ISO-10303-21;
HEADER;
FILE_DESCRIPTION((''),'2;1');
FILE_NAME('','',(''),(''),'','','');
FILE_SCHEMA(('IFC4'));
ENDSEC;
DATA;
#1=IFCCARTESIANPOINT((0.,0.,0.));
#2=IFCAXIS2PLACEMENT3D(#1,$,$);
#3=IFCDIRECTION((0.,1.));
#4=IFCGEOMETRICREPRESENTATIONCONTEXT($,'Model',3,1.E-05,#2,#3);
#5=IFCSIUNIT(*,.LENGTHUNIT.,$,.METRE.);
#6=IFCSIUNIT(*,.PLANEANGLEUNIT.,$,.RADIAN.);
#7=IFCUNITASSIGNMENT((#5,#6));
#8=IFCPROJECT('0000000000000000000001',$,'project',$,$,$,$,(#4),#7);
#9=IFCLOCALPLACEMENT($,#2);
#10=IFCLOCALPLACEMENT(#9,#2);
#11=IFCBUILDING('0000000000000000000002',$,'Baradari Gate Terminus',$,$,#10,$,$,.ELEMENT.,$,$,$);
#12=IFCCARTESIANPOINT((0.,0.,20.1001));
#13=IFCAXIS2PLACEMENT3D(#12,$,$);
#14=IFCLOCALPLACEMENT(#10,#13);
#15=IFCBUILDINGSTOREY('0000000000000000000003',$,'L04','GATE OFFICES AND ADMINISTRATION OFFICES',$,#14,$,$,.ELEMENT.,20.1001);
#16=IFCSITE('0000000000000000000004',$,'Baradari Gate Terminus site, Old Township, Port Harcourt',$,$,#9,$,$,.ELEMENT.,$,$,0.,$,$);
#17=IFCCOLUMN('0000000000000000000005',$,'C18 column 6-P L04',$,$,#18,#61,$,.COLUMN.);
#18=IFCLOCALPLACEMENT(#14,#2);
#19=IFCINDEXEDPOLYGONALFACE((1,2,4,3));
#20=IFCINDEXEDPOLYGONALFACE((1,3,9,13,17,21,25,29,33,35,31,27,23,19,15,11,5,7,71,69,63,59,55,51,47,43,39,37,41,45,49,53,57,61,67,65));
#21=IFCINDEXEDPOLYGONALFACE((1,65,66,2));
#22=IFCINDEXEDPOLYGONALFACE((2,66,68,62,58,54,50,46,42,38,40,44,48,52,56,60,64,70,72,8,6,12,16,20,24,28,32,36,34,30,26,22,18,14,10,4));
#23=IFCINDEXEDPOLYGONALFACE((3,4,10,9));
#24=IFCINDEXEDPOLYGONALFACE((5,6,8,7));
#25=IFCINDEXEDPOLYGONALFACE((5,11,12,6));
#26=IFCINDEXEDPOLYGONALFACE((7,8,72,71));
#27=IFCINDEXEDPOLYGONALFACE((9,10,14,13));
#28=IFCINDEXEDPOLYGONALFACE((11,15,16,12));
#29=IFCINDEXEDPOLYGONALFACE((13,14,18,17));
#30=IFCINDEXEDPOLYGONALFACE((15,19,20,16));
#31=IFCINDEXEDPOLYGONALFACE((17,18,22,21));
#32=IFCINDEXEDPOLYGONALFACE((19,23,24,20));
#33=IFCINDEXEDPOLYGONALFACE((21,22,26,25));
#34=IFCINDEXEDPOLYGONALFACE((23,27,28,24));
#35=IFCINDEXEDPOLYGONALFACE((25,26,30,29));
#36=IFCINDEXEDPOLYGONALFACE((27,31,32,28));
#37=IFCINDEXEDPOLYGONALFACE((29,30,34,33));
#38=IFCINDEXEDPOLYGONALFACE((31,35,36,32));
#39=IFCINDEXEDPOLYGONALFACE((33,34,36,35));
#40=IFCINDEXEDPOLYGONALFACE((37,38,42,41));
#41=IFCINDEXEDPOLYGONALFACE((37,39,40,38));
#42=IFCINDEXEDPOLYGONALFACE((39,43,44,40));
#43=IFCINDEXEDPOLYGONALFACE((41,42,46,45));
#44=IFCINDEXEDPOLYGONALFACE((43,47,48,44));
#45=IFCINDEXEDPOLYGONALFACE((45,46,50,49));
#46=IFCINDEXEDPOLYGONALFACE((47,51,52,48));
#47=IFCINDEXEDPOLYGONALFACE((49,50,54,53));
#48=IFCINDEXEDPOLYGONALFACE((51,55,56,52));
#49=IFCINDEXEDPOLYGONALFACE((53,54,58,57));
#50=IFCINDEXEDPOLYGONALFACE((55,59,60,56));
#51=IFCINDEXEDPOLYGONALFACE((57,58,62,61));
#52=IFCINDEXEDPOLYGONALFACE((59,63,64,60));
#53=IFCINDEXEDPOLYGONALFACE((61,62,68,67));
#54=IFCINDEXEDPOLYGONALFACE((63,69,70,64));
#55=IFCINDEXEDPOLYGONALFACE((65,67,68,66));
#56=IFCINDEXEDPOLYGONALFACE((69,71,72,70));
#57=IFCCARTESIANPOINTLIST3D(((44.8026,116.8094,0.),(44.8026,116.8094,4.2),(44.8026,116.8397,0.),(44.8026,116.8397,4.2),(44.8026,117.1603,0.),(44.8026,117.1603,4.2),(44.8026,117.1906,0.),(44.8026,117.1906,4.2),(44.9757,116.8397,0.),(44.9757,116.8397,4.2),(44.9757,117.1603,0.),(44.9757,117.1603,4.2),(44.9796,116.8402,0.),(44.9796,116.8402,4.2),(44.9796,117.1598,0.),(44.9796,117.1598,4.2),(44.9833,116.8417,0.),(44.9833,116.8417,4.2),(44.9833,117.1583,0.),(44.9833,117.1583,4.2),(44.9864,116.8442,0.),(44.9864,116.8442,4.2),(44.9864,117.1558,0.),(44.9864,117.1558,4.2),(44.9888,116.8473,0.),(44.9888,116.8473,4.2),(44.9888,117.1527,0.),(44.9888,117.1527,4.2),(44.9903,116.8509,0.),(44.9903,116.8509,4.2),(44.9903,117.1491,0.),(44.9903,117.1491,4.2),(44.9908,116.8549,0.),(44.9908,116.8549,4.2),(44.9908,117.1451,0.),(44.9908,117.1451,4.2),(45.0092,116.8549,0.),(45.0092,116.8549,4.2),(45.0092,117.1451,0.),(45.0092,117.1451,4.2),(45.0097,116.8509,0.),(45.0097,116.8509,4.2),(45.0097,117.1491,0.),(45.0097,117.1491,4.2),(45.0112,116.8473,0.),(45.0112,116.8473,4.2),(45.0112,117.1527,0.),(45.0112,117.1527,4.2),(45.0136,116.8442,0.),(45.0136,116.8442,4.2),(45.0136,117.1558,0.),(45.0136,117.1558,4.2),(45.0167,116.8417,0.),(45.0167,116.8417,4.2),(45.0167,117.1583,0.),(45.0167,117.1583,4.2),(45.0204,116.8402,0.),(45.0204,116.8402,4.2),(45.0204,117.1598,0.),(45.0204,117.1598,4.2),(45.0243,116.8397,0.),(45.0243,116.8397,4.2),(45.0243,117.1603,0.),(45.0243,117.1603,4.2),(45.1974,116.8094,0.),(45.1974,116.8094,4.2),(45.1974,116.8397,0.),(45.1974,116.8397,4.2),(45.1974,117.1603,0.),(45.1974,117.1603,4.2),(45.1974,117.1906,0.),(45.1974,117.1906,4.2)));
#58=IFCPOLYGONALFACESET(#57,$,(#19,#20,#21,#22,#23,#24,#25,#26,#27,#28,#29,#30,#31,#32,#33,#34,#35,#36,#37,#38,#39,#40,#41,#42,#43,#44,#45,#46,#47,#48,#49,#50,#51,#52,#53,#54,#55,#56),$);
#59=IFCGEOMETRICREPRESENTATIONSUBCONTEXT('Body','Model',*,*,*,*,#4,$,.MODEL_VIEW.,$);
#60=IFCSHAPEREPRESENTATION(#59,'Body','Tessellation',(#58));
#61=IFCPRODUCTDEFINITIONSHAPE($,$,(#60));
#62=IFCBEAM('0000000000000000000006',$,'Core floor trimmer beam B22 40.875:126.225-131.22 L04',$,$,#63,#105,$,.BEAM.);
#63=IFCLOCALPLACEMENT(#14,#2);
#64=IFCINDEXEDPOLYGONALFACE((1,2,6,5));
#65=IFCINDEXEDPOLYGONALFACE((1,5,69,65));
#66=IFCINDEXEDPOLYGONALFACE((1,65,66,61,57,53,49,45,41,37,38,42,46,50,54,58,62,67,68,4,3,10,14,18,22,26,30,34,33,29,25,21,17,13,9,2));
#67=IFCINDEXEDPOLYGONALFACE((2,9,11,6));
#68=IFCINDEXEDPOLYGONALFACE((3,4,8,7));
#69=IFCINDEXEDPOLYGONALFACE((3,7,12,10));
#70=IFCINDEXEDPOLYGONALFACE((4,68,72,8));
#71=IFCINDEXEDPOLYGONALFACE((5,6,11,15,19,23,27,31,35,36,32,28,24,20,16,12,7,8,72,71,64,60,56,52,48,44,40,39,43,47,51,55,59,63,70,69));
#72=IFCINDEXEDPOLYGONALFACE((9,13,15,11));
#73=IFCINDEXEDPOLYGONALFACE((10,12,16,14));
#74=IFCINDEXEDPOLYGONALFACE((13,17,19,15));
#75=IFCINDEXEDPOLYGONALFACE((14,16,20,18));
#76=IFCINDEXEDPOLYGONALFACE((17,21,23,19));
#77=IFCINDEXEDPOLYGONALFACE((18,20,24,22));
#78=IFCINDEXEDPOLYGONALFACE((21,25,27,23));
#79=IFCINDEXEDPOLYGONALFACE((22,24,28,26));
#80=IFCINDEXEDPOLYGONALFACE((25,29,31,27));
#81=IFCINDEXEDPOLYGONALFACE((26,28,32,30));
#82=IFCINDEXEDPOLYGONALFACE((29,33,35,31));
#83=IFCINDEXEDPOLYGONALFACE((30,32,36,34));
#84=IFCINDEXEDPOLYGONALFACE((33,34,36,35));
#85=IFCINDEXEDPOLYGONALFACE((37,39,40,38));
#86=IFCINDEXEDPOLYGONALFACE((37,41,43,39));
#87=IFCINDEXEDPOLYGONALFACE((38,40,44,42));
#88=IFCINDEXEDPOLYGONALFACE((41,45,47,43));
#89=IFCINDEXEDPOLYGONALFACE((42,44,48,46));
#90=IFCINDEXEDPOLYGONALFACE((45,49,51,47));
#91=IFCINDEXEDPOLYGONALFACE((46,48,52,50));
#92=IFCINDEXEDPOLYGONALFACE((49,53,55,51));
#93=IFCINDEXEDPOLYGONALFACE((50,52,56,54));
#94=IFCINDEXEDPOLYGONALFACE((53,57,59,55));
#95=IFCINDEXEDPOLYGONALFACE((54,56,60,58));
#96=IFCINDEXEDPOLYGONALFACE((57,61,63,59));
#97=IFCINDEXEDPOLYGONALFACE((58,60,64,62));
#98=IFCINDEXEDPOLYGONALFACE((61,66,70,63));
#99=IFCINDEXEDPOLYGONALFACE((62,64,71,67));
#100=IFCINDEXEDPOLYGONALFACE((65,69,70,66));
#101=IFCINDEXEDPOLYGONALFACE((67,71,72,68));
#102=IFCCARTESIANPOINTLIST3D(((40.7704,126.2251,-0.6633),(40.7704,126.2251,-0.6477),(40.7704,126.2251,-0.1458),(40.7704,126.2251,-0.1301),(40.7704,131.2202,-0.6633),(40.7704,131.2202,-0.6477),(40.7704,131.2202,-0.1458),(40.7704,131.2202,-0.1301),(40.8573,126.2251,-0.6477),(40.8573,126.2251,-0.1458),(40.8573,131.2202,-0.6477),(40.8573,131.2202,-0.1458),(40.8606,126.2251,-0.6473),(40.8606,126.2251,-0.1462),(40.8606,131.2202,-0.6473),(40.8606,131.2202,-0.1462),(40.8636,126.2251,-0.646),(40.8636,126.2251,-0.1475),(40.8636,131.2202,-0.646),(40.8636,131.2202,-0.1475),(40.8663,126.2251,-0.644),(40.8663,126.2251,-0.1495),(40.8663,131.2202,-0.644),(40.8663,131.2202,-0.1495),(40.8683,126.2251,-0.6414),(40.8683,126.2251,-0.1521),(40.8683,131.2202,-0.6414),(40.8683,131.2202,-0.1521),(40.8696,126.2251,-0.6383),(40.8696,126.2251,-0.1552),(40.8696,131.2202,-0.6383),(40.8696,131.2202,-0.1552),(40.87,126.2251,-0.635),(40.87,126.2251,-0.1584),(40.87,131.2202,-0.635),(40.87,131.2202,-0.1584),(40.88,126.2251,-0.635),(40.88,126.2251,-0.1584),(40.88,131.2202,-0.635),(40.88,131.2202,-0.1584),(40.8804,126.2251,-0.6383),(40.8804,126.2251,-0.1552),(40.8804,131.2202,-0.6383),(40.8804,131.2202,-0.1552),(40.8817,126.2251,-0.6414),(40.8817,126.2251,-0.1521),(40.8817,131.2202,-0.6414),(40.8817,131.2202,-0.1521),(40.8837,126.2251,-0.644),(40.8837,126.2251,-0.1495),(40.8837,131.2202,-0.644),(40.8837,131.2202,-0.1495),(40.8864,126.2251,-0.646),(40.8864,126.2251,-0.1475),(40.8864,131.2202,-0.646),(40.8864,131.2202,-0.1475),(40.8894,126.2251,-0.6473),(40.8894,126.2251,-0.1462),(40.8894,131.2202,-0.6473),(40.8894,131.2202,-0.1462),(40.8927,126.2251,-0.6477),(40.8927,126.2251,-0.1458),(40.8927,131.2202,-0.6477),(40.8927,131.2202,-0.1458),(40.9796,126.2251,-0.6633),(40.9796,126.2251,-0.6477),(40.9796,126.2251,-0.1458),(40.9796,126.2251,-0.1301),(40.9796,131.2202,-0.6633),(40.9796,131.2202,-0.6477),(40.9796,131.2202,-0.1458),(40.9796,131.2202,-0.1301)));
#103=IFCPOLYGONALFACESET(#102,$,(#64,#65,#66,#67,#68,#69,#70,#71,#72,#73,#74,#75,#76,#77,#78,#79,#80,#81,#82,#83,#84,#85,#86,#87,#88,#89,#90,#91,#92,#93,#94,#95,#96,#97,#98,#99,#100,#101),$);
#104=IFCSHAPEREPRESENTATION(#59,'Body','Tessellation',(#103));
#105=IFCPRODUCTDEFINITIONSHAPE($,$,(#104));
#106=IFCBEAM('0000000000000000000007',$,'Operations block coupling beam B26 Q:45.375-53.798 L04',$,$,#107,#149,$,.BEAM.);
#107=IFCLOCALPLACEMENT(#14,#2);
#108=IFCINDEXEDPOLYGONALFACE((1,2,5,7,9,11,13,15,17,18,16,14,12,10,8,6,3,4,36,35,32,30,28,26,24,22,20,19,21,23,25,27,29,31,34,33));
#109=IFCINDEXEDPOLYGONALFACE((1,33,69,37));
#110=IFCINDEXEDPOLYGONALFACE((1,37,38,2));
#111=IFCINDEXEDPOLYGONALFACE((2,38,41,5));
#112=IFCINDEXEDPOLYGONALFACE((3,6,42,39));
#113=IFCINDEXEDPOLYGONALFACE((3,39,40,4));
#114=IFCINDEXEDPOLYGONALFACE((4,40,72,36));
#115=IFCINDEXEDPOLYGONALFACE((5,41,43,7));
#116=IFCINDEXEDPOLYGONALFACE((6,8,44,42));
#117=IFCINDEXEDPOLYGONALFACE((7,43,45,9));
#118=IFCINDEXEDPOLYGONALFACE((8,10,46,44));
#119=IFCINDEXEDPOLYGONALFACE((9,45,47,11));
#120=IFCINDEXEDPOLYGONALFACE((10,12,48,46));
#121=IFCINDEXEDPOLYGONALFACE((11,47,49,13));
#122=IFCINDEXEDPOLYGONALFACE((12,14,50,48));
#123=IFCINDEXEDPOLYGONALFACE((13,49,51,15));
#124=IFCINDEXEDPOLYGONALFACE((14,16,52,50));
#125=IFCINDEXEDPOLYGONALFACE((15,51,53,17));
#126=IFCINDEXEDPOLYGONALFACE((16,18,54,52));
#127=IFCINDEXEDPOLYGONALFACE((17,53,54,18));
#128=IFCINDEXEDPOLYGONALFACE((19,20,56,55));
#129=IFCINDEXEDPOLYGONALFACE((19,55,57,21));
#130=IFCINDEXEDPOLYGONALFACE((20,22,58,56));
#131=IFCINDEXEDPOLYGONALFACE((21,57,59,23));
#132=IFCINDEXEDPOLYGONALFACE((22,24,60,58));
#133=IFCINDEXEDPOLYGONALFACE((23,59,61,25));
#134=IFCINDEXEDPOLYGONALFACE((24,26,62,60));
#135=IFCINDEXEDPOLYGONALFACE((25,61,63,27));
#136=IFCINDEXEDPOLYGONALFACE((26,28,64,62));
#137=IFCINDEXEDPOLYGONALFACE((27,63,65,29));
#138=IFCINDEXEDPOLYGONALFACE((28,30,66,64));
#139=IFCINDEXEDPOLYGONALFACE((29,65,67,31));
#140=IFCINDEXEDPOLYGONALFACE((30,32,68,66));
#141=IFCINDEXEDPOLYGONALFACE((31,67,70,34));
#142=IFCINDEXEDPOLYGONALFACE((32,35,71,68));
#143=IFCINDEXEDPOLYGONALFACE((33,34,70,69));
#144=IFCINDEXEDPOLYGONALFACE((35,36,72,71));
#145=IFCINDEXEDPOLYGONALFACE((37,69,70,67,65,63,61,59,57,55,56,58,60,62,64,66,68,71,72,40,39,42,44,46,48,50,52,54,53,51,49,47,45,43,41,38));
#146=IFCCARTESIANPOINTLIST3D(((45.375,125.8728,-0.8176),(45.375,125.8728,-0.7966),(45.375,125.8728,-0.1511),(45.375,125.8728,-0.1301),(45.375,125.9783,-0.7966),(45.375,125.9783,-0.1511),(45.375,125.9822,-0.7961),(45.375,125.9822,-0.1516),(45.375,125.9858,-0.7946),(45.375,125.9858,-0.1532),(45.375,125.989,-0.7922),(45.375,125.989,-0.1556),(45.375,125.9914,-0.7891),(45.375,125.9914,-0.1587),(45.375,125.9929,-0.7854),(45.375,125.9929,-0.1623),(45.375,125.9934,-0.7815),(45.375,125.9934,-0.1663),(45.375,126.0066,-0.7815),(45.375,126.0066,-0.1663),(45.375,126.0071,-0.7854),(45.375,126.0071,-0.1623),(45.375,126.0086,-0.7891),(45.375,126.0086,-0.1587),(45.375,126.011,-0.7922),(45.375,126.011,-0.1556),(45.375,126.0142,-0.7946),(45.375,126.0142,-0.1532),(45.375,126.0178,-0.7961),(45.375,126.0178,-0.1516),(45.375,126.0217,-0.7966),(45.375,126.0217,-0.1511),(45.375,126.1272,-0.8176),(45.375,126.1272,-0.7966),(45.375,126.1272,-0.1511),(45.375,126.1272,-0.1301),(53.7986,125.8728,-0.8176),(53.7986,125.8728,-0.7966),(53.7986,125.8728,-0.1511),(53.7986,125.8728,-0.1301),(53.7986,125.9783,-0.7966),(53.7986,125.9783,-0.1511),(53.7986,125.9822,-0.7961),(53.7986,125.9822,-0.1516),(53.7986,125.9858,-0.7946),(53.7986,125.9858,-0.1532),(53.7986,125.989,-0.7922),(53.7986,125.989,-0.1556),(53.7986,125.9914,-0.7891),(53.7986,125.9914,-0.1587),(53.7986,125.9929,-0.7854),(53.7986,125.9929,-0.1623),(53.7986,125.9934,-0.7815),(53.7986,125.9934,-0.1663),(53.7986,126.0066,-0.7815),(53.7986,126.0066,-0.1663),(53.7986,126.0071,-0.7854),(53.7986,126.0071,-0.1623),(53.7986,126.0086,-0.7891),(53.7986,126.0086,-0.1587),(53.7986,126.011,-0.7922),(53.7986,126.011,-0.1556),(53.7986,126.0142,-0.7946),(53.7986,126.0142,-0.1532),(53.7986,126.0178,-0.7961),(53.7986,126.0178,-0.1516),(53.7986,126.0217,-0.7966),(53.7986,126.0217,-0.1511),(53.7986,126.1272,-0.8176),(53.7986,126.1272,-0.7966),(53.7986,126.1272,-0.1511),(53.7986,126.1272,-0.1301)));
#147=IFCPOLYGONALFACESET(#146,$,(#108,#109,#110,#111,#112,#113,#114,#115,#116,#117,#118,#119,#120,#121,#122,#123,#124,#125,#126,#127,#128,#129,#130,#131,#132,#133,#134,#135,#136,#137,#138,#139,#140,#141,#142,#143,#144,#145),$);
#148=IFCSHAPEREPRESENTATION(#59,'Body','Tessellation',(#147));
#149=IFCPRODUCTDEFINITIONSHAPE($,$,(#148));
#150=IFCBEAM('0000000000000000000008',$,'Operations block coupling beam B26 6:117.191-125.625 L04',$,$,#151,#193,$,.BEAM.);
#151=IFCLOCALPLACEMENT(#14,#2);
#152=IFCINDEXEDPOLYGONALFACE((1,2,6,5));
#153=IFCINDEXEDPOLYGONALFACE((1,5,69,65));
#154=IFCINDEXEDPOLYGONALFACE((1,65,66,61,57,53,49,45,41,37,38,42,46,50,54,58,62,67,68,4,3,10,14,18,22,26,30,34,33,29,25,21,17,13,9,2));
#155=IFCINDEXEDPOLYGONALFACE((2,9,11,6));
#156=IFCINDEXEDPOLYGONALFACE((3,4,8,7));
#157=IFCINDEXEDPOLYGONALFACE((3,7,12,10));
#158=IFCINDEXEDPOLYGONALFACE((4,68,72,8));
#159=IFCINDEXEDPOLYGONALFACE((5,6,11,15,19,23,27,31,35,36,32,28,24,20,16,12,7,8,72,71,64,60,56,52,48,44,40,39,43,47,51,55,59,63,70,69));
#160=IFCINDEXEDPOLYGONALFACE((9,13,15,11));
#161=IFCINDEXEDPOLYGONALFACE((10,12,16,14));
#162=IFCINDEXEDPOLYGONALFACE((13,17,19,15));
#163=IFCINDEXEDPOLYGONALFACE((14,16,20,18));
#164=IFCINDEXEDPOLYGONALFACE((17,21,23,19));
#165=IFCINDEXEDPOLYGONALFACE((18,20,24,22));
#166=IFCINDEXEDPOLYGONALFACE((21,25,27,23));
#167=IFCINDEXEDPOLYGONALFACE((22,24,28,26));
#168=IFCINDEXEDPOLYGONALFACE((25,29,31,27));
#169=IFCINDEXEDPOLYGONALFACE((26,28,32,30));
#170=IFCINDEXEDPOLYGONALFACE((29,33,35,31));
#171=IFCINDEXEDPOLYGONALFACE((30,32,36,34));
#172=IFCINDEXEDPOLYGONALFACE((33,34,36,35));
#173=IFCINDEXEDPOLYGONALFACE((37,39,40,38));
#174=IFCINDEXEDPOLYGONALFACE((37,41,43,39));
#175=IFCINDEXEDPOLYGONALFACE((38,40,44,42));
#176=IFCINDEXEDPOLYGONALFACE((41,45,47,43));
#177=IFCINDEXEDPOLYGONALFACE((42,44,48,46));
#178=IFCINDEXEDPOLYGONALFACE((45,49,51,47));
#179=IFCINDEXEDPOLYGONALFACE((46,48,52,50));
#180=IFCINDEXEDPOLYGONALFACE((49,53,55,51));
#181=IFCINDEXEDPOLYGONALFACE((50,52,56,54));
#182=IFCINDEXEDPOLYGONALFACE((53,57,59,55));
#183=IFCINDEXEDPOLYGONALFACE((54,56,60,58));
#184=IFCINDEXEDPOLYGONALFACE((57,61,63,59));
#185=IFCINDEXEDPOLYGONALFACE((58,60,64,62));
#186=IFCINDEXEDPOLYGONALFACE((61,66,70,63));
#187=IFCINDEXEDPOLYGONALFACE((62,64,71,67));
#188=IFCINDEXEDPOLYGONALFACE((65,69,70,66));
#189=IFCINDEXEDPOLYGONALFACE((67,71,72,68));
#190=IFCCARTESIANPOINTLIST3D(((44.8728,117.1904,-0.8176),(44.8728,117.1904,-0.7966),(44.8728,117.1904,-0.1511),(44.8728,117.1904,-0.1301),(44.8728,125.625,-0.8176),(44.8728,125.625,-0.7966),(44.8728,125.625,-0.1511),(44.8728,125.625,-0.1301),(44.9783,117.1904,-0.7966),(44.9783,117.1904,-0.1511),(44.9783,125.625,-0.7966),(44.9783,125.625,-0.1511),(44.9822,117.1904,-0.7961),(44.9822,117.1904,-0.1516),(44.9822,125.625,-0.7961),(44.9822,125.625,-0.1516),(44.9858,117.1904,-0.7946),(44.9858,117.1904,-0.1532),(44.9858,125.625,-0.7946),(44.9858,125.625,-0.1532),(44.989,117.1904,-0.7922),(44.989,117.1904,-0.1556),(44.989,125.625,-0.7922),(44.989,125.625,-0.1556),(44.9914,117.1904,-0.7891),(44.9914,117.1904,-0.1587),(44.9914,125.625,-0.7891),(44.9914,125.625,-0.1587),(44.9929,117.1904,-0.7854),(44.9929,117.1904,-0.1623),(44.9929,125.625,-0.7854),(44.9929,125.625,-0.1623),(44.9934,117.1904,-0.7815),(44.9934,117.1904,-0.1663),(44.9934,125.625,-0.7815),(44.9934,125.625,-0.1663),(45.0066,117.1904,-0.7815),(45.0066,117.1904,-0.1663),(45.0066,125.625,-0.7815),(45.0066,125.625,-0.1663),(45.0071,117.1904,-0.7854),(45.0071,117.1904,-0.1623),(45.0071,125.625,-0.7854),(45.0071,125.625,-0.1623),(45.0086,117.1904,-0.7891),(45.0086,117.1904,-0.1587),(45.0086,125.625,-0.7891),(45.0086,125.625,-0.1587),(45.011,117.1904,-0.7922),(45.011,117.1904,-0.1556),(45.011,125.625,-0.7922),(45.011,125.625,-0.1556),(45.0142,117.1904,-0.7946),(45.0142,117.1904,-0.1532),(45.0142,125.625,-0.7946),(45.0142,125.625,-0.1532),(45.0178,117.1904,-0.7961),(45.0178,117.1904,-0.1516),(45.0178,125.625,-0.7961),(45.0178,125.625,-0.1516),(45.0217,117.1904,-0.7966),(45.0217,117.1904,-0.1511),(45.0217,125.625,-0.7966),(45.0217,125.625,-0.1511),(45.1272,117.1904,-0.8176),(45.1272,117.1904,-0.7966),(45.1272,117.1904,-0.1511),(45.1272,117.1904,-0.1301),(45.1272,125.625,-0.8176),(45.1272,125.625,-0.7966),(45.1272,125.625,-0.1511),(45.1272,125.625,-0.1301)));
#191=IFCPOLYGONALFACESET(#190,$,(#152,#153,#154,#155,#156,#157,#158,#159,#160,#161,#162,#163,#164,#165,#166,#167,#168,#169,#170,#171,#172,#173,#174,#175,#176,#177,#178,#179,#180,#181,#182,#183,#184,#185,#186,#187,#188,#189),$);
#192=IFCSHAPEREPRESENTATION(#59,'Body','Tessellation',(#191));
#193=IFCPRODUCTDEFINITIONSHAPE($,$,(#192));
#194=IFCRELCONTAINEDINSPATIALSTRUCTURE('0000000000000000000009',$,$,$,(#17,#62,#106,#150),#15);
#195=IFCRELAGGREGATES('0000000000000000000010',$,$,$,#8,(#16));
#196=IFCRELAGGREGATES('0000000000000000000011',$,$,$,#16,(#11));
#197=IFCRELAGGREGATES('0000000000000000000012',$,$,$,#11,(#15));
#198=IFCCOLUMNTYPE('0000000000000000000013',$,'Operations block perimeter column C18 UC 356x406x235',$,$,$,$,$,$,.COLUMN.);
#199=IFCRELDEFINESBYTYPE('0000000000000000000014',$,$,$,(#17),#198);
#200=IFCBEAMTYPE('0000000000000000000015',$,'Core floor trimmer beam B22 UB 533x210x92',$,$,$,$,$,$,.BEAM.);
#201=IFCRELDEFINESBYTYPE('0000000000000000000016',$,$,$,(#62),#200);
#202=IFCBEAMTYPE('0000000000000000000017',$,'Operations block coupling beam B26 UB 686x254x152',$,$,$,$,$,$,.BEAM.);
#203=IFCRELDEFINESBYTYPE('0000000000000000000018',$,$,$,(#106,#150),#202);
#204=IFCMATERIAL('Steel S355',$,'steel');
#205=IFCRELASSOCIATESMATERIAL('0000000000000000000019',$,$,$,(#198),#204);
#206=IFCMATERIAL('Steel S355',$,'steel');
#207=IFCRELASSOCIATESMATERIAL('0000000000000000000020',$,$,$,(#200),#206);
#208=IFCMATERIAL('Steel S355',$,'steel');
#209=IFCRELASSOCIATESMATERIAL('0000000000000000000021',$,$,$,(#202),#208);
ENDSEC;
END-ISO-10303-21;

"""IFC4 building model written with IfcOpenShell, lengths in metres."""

from ifc_helpers import new_model, si_unit, direction, frame, origin, origin_2d, place, context, subcontext, project, spatial, i_section, extrude, material, material_profile, profile_set, type_object, element, save


model = new_model("IFC4")

# Units and contexts
model_context = context("Model", 3, precision=1e-05, world=origin(), true_north=direction((0.0, 1.0)))
body_context = subcontext(model_context, "Body", "Model", "MODEL_VIEW")
ifc_project = project(units=[si_unit("LENGTHUNIT", "METRE"), si_unit("PLANEANGLEUNIT", "RADIAN")], contexts=[model_context])

# Site, building, storey
site_placement = place(None, origin())
site = spatial("IfcSite", under=ifc_project, at=site_placement, Name="Baradari Gate Terminus site, Old Township, Port Harcourt", CompositionType="ELEMENT", RefElevation=0.0)
building_placement = place(site_placement, origin())
building = spatial("IfcBuilding", under=site, at=building_placement, Name="Baradari Gate Terminus", CompositionType="ELEMENT")
storey_placement = place(building_placement, frame((0.0, 0.0, 20.1001)))
storey = spatial("IfcBuildingStorey", under=building, at=storey_placement, Name="L04", Description="GATE OFFICES AND ADMINISTRATION OFFICES", CompositionType="ELEMENT", Elevation=20.1001)

# Column
ifc_material_1 = material(Name="Steel S355", Category="steel")
ifc_material_profile_1 = material_profile(ifc_material_1, i_section(OverallWidth=0.3948, OverallDepth=0.3811, WebThickness=0.0183, FlangeThickness=0.0303, FilletRadius=0.0151, at=origin_2d()), Name="UC 356x406x235")
ifc_profile_set_1 = profile_set([ifc_material_profile_1], Name="Steel S355")
column_type = type_object("IfcColumnType", Name="Operations block perimeter column C18 UC 356x406x235", PredefinedType="COLUMN", material=ifc_profile_set_1)
column_placement = place(storey_placement, frame((45.0, 117.0, 0.0), z_axis=(0.0, 0.0, 1.0), x_axis=(1.0, 0.0, 0.0)))
element("IfcColumn", 1, at=column_placement, inside=storey, type_object=column_type, Name="C18 column 6-P L04", PredefinedType="COLUMN", context=body_context, shape_type="SweptSolid", body=[
    extrude(i_section(OverallWidth=0.3948, OverallDepth=0.3811, WebThickness=0.0183, FlangeThickness=0.0303, FilletRadius=0.0151, at=origin_2d()), origin(), (0.0, 0.0, 1.0), 4.2),
])

# Beams
ifc_material_2 = material(Name="Steel S355", Category="steel")
ifc_material_profile_2 = material_profile(ifc_material_2, i_section(OverallWidth=0.2092, OverallDepth=0.5332, WebThickness=0.01, FlangeThickness=0.0156, FilletRadius=0.0127, at=origin_2d()), Name="UB 533x210x92")
ifc_profile_set_2 = profile_set([ifc_material_profile_2], Name="Steel S355")
beam_type_1 = type_object("IfcBeamType", Name="Core floor trimmer beam B22 UB 533x210x92", PredefinedType="BEAM", material=ifc_profile_set_2)
beam_1_placement = place(storey_placement, frame((40.875, 126.2251, -0.3967), z_axis=(0.0, 1.0, 0.0), x_axis=(-1.0, 0.0, 0.0)))
element("IfcBeam", 2, at=beam_1_placement, inside=storey, type_object=beam_type_1, Name="Core floor trimmer beam B22 40.875:126.225-131.22 L04", PredefinedType="BEAM", context=body_context, shape_type="SweptSolid", body=[
    extrude(i_section(OverallWidth=0.2092, OverallDepth=0.5332, WebThickness=0.01, FlangeThickness=0.0156, FilletRadius=0.0127, at=origin_2d()), origin(), (0.0, 0.0, 1.0), 4.9951),
])
ifc_material_3 = material(Name="Steel S355", Category="steel")
ifc_material_profile_3 = material_profile(ifc_material_3, i_section(OverallWidth=0.2544, OverallDepth=0.6875, WebThickness=0.0132, FlangeThickness=0.021, FilletRadius=0.0151, at=origin_2d()), Name="UB 686x254x152")
ifc_profile_set_3 = profile_set([ifc_material_profile_3], Name="Steel S355")
beam_type_2 = type_object("IfcBeamType", Name="Operations block coupling beam B26 UB 686x254x152", PredefinedType="BEAM", material=ifc_profile_set_3)
beam_2_placement = place(storey_placement, frame((45.375, 126.0, -0.4739), z_axis=(1.0, 0.0, 0.0), x_axis=(0.0, 1.0, 0.0)))
element("IfcBeam", 3, at=beam_2_placement, inside=storey, type_object=beam_type_2, Name="Operations block coupling beam B26 Q:45.375-53.798 L04", PredefinedType="BEAM", context=body_context, shape_type="SweptSolid", body=[
    extrude(i_section(OverallWidth=0.2544, OverallDepth=0.6875, WebThickness=0.0132, FlangeThickness=0.021, FilletRadius=0.0151, at=origin_2d()), origin(), (0.0, 0.0, 1.0), 8.4236),
])
beam_3_placement = place(storey_placement, frame((45.0, 117.1904, -0.4739), z_axis=(0.0, 1.0, 0.0), x_axis=(-1.0, 0.0, 0.0)))
element("IfcBeam", 4, at=beam_3_placement, inside=storey, type_object=beam_type_2, Name="Operations block coupling beam B26 6:117.191-125.625 L04", PredefinedType="BEAM", context=body_context, shape_type="SweptSolid", body=[
    extrude(i_section(OverallWidth=0.2544, OverallDepth=0.6875, WebThickness=0.0132, FlangeThickness=0.021, FilletRadius=0.0151, at=origin_2d()), origin(), (0.0, 0.0, 1.0), 8.4346),
])

save(model, "model.ifc")
